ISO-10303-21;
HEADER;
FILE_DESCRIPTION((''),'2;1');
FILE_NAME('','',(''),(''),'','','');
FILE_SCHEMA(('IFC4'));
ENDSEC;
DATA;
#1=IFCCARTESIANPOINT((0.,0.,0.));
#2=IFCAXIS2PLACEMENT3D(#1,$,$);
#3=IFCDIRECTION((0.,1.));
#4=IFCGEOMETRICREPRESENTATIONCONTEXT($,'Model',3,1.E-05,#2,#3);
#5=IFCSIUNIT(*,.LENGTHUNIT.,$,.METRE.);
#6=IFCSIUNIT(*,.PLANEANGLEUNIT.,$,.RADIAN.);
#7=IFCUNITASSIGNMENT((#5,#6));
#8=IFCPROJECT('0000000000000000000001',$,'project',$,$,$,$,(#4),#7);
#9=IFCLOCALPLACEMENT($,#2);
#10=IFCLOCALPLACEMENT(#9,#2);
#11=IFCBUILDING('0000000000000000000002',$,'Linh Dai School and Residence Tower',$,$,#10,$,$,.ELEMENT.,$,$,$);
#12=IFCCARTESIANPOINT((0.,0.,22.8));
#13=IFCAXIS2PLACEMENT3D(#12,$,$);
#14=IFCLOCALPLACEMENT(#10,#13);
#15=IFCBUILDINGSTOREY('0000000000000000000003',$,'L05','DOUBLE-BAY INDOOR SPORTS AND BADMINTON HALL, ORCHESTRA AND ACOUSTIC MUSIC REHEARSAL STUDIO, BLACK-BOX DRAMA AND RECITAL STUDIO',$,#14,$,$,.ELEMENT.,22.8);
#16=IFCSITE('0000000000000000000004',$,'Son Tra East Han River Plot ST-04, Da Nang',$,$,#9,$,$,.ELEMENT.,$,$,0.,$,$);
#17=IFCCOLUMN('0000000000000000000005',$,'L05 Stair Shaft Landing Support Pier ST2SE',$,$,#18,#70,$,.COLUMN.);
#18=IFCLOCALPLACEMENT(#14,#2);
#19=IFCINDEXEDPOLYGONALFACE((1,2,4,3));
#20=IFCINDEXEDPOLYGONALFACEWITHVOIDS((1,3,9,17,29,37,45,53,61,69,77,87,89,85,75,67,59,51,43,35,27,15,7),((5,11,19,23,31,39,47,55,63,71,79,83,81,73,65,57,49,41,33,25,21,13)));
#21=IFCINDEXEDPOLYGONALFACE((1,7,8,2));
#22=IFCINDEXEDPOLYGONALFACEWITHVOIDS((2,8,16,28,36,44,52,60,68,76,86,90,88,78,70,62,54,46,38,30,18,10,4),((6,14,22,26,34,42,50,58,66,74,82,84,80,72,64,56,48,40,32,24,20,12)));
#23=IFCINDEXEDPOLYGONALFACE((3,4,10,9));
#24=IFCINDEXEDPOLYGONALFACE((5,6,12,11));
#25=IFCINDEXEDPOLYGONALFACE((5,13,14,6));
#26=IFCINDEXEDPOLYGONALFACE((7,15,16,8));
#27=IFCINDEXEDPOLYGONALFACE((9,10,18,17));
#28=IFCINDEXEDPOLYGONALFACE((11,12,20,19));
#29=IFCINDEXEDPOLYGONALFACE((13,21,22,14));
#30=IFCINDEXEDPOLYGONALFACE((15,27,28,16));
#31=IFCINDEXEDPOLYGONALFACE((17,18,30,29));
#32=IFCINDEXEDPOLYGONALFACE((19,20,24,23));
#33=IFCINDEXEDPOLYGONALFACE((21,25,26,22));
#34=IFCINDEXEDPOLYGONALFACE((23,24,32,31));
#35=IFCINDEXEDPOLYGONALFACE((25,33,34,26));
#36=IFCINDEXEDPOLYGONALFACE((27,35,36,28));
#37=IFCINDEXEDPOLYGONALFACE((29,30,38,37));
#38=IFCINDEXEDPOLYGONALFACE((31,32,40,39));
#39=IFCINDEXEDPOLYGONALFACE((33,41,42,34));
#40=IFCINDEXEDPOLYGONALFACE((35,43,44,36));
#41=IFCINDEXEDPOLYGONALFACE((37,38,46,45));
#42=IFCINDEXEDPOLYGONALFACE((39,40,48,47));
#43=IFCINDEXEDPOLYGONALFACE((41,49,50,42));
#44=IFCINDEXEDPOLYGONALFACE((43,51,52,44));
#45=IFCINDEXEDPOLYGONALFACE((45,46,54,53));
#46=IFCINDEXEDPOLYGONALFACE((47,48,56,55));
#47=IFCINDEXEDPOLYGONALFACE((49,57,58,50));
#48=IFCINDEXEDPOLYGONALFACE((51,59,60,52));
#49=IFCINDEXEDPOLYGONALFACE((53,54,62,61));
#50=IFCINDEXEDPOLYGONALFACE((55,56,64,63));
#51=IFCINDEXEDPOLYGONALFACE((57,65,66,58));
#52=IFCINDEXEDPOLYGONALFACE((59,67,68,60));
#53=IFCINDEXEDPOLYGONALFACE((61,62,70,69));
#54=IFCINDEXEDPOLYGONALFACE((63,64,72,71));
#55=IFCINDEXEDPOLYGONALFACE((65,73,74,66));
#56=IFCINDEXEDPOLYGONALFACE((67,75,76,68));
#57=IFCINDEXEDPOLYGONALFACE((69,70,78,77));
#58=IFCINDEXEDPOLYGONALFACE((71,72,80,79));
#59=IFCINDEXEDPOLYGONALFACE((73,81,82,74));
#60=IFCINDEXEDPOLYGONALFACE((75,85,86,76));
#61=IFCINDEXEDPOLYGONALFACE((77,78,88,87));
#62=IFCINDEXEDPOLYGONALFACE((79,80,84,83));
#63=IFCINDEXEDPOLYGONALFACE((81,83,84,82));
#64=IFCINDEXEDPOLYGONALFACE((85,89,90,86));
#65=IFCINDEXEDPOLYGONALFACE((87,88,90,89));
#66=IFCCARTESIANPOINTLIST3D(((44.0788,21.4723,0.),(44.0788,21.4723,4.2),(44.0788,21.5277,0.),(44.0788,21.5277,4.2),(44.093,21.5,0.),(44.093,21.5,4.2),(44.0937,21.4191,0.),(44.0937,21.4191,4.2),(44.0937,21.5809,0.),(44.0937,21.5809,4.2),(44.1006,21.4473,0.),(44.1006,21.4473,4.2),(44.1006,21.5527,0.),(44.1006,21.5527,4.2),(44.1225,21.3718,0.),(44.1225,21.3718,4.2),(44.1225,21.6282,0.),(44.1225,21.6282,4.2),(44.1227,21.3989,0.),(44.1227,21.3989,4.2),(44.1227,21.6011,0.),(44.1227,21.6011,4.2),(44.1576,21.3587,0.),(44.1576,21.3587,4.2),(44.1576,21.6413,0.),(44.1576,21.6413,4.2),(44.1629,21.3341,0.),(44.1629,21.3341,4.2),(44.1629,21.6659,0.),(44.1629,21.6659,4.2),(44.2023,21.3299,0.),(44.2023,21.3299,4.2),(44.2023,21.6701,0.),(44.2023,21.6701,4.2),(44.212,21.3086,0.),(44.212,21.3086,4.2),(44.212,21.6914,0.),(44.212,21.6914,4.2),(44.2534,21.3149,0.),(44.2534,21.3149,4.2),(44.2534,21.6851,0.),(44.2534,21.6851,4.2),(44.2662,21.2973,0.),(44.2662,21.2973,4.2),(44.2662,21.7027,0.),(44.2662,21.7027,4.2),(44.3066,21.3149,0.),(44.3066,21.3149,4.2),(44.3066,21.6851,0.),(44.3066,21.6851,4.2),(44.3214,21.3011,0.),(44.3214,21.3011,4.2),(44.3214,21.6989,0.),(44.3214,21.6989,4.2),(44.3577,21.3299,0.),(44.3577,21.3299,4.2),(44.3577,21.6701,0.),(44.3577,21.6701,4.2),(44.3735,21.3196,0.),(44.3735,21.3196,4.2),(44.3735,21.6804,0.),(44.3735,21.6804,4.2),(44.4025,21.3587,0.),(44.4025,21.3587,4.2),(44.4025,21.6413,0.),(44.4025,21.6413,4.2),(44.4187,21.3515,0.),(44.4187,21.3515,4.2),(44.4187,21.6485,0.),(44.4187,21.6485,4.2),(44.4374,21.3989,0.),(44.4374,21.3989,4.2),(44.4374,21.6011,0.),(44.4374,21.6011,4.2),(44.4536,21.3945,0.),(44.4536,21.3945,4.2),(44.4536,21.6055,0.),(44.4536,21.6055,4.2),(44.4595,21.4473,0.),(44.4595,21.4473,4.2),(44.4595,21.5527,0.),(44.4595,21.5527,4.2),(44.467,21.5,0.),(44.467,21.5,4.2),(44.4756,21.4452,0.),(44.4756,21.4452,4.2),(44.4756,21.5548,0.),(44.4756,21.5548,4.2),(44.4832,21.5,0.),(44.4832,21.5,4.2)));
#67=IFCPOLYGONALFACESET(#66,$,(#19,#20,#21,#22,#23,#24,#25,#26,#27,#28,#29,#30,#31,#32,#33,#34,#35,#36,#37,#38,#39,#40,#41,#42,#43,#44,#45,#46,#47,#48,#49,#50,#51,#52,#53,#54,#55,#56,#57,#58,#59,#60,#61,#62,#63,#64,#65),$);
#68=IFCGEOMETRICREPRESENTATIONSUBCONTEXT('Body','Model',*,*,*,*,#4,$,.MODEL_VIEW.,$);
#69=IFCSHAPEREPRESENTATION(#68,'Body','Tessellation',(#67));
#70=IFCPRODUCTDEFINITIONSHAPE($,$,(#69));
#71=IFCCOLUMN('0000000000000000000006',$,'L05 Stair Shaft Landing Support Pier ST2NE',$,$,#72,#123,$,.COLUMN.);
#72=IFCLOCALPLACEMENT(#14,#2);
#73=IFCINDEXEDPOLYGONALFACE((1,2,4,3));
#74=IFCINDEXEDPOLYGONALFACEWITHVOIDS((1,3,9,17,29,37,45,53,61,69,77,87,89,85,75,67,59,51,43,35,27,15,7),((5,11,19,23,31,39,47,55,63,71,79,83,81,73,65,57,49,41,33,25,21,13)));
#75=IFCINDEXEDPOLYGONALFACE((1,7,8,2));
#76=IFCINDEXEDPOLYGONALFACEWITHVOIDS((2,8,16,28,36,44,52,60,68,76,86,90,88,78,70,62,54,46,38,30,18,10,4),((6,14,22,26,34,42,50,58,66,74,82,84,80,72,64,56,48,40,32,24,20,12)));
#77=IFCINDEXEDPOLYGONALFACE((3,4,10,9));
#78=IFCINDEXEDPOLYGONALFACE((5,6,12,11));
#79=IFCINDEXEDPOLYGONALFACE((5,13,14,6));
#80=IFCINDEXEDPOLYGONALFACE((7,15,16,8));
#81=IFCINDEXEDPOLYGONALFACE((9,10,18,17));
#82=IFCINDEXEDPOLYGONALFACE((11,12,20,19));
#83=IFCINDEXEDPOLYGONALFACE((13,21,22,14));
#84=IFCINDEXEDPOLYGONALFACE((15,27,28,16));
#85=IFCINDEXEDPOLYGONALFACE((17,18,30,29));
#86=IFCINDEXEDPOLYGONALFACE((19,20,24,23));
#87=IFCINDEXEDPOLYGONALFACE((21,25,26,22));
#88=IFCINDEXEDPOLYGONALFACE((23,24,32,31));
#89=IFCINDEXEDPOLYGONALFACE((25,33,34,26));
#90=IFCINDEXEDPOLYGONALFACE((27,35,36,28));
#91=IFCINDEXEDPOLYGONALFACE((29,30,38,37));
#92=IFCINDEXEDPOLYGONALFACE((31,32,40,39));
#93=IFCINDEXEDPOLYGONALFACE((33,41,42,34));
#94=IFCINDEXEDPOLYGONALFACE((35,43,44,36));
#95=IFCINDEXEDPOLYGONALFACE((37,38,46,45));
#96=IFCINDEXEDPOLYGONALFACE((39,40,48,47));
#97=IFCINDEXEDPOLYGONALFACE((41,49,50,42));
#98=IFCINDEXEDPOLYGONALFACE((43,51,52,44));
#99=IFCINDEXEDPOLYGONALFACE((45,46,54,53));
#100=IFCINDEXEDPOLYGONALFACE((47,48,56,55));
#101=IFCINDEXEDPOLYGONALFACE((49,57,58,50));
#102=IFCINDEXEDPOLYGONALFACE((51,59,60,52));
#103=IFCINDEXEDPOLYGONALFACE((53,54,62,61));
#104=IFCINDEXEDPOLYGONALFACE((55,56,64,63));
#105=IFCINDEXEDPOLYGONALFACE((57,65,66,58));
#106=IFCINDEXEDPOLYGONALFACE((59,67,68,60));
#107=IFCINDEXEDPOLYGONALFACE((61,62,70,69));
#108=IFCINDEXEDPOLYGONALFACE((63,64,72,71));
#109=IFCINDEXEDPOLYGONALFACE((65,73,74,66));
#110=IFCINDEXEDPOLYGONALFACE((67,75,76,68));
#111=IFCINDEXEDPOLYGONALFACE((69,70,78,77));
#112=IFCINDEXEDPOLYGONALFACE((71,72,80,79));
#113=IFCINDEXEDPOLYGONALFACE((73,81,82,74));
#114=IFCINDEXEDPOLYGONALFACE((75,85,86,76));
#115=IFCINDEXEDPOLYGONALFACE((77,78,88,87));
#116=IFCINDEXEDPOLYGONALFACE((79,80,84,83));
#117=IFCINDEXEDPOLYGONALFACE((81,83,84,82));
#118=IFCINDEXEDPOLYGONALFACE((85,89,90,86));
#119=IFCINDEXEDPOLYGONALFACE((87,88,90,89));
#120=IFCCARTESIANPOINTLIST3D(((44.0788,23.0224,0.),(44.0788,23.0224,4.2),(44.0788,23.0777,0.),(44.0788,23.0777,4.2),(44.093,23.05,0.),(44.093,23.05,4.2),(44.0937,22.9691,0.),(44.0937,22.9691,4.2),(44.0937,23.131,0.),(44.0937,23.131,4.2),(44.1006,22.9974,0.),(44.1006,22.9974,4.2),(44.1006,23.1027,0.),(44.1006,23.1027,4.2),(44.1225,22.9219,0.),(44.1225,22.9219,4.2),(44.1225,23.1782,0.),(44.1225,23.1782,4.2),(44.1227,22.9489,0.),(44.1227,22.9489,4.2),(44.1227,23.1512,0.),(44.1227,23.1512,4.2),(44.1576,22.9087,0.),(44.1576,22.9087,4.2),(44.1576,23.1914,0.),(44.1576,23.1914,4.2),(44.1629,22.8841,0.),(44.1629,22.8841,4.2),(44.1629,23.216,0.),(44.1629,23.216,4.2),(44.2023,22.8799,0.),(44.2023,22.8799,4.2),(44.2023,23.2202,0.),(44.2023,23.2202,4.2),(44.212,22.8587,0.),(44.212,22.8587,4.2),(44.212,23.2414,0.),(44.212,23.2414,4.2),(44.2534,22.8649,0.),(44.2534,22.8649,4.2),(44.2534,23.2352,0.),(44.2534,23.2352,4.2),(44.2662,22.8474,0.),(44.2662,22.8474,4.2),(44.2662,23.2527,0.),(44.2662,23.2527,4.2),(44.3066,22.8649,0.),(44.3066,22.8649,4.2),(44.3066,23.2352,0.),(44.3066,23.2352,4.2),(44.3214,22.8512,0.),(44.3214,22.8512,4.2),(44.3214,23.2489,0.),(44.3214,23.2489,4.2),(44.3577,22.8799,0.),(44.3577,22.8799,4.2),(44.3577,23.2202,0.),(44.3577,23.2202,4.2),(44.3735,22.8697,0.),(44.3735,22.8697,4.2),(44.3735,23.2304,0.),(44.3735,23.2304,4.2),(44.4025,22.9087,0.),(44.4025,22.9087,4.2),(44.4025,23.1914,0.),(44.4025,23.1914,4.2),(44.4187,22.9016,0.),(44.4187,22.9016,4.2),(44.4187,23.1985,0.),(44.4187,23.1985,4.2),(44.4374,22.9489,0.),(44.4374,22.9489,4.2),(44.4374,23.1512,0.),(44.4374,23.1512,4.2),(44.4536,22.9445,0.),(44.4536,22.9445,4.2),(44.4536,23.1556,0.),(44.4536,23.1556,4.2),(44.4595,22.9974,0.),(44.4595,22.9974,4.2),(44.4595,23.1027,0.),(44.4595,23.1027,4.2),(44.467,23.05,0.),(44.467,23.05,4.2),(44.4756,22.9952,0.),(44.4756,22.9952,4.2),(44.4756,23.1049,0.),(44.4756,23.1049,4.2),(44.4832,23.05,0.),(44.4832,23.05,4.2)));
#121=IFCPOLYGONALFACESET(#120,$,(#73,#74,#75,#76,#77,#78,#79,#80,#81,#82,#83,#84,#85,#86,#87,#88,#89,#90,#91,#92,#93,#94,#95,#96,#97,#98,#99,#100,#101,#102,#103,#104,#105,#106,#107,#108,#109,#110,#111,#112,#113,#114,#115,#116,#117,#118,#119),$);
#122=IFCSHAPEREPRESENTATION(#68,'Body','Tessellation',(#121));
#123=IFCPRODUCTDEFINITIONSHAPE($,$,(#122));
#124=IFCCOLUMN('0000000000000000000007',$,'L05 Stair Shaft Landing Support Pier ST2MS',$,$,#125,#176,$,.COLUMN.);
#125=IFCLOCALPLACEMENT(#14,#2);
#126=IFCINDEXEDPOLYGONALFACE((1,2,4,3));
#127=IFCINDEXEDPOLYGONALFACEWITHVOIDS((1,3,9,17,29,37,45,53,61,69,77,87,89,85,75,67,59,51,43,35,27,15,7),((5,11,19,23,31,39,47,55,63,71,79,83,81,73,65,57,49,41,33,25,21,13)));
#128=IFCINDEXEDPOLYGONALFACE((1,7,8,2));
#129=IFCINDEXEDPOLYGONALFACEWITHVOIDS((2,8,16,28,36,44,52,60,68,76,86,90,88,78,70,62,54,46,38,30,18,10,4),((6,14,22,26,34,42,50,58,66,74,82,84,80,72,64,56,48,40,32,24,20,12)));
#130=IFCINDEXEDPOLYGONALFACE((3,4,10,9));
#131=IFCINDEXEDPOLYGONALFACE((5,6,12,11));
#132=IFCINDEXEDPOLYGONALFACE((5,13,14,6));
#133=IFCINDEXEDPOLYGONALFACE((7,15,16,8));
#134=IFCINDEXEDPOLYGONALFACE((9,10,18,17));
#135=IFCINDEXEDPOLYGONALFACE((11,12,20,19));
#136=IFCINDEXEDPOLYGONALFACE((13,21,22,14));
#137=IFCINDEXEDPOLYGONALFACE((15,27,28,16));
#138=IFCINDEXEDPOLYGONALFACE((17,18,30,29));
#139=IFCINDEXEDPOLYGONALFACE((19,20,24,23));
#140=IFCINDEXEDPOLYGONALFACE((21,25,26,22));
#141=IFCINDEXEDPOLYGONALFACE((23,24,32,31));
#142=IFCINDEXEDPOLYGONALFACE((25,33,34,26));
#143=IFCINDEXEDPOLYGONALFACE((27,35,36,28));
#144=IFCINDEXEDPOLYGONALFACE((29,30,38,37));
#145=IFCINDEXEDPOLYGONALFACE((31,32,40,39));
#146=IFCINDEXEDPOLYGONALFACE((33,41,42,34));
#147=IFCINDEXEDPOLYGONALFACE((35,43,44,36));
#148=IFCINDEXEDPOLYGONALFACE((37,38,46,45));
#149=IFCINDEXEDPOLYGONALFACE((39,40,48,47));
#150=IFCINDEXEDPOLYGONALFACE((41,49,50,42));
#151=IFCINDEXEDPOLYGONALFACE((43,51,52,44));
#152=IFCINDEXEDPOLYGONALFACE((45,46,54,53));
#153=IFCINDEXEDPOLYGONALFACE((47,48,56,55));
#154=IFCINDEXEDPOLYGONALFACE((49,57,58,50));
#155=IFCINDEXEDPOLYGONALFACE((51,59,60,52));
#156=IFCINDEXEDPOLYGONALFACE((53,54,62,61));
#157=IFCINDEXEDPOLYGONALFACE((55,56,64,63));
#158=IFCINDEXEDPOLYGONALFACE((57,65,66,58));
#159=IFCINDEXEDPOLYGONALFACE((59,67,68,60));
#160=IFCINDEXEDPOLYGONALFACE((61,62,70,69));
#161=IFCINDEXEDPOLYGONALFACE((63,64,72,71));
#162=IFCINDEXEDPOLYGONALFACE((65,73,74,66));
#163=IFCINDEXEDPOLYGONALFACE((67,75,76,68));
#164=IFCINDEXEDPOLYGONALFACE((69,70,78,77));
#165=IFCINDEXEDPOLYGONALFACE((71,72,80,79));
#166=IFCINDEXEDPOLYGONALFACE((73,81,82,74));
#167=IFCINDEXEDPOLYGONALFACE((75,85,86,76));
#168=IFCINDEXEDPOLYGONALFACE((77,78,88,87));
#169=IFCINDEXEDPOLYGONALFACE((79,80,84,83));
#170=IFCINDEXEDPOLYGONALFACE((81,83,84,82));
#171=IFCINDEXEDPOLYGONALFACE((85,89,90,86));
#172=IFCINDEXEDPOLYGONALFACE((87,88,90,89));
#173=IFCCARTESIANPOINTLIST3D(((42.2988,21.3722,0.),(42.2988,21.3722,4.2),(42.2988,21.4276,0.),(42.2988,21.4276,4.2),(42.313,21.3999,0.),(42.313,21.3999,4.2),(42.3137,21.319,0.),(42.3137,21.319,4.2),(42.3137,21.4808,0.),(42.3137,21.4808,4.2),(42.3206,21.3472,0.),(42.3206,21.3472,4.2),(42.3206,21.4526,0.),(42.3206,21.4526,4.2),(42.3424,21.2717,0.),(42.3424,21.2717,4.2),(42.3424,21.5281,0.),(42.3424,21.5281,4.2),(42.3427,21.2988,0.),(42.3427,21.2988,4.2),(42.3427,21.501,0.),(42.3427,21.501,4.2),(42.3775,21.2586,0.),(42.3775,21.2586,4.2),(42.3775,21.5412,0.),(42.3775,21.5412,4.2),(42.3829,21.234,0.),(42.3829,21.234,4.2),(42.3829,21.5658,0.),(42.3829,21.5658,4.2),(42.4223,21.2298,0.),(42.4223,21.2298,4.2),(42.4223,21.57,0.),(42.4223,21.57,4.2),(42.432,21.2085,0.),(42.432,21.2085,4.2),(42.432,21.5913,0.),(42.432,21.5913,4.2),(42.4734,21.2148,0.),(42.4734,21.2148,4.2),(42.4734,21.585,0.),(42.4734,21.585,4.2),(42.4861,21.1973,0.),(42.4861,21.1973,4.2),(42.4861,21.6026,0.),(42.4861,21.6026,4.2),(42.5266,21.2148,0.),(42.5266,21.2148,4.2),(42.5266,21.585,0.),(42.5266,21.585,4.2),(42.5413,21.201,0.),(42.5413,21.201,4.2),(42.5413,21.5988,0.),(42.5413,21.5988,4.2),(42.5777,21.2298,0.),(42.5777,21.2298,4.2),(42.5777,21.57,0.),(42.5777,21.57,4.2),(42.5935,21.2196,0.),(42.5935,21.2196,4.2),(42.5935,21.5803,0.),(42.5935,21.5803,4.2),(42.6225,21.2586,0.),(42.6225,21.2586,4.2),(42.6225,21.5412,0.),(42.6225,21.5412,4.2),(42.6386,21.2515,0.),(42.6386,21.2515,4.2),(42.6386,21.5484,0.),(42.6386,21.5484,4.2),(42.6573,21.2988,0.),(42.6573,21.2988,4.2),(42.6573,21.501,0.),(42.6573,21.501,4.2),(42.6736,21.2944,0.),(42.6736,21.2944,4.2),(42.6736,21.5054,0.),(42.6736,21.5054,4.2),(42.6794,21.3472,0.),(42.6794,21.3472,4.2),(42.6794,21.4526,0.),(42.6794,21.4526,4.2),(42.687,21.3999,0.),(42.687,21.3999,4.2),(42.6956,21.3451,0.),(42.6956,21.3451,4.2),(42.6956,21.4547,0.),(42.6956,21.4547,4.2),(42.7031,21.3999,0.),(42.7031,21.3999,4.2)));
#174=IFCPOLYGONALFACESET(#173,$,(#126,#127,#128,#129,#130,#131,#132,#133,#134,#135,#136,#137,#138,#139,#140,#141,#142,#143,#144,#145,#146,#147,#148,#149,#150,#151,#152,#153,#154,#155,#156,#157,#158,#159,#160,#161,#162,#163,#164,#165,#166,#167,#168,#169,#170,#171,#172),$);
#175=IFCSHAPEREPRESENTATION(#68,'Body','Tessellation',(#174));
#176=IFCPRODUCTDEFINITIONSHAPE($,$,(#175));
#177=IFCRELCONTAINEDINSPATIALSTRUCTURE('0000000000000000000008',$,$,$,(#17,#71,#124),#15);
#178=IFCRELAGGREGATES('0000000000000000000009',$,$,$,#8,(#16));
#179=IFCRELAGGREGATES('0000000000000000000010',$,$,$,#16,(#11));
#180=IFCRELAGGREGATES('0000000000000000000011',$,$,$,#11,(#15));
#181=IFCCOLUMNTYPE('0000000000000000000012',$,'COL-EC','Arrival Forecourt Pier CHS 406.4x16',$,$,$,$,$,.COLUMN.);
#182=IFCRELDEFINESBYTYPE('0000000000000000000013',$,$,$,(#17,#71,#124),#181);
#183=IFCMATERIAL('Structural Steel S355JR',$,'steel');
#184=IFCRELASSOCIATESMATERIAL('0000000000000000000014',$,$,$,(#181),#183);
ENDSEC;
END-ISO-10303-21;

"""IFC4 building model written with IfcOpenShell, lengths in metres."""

from ifc_helpers import new_model, si_unit, direction, frame, origin, origin_2d, place, context, subcontext, project, spatial, hollow_circle, extrude, material, material_profile, profile_set, type_object, element, save


model = new_model("IFC4")

# Units and contexts
model_context = context("Model", 3, precision=1e-05, world=origin(), true_north=direction((0.0, 1.0)))
body_context = subcontext(model_context, "Body", "Model", "MODEL_VIEW")
ifc_project = project(units=[si_unit("LENGTHUNIT", "METRE"), si_unit("PLANEANGLEUNIT", "RADIAN")], contexts=[model_context])

# Site, building, storey
site_placement = place(None, origin())
site = spatial("IfcSite", under=ifc_project, at=site_placement, Name="Son Tra East Han River Plot ST-04, Da Nang", CompositionType="ELEMENT", RefElevation=0.0)
building_placement = place(site_placement, origin())
building = spatial("IfcBuilding", under=site, at=building_placement, Name="Linh Dai School and Residence Tower", CompositionType="ELEMENT")
storey_placement = place(building_placement, frame((0.0, 0.0, 22.8)))
storey = spatial("IfcBuildingStorey", under=building, at=storey_placement, Name="L05", Description="DOUBLE-BAY INDOOR SPORTS AND BADMINTON HALL, ORCHESTRA AND ACOUSTIC MUSIC REHEARSAL STUDIO, BLACK-BOX DRAMA AND RECITAL STUDIO", CompositionType="ELEMENT", Elevation=22.8)

# Columns
ifc_material_1 = material(Name="Structural Steel S355JR", Category="steel")
ifc_material_profile_1 = material_profile(ifc_material_1, hollow_circle(Radius=0.2031, WallThickness=0.0161, at=origin_2d()), Name="CHS 406.4x16")
ifc_profile_set_1 = profile_set([ifc_material_profile_1], Name="Structural Steel S355JR")
column_type_1 = type_object("IfcColumnType", Name="COL-EC", Description="Arrival Forecourt Pier CHS 406.4x16", PredefinedType="COLUMN", material=ifc_profile_set_1)
for number, where, z_axis, x_axis, name in (
    (1, (44.28, 21.5, 0.0), (0.0, 0.0, 1.0), (1.0, 0.0, 0.0), "L05 Stair Shaft Landing Support Pier ST2SE"),
    (2, (44.28, 23.05, 0.0), (0.0, 0.0, 1.0), (1.0, 0.0, 0.0), "L05 Stair Shaft Landing Support Pier ST2NE"),
    (3, (42.5, 21.3999, 0.0), (0.0, 0.0, 1.0), (1.0, 0.0, 0.0), "L05 Stair Shaft Landing Support Pier ST2MS"),
):
    element("IfcColumn", number, at=place(storey_placement, frame(where, z_axis=z_axis, x_axis=x_axis)), inside=storey, type_object=column_type_1, Name=name, PredefinedType="COLUMN", context=body_context, shape_type="SweptSolid", body=[
        extrude(hollow_circle(Radius=0.2031, WallThickness=0.0161, at=origin_2d()), origin(), (0.0, 0.0, 1.0), 4.2),
    ])

save(model, "model.ifc")
